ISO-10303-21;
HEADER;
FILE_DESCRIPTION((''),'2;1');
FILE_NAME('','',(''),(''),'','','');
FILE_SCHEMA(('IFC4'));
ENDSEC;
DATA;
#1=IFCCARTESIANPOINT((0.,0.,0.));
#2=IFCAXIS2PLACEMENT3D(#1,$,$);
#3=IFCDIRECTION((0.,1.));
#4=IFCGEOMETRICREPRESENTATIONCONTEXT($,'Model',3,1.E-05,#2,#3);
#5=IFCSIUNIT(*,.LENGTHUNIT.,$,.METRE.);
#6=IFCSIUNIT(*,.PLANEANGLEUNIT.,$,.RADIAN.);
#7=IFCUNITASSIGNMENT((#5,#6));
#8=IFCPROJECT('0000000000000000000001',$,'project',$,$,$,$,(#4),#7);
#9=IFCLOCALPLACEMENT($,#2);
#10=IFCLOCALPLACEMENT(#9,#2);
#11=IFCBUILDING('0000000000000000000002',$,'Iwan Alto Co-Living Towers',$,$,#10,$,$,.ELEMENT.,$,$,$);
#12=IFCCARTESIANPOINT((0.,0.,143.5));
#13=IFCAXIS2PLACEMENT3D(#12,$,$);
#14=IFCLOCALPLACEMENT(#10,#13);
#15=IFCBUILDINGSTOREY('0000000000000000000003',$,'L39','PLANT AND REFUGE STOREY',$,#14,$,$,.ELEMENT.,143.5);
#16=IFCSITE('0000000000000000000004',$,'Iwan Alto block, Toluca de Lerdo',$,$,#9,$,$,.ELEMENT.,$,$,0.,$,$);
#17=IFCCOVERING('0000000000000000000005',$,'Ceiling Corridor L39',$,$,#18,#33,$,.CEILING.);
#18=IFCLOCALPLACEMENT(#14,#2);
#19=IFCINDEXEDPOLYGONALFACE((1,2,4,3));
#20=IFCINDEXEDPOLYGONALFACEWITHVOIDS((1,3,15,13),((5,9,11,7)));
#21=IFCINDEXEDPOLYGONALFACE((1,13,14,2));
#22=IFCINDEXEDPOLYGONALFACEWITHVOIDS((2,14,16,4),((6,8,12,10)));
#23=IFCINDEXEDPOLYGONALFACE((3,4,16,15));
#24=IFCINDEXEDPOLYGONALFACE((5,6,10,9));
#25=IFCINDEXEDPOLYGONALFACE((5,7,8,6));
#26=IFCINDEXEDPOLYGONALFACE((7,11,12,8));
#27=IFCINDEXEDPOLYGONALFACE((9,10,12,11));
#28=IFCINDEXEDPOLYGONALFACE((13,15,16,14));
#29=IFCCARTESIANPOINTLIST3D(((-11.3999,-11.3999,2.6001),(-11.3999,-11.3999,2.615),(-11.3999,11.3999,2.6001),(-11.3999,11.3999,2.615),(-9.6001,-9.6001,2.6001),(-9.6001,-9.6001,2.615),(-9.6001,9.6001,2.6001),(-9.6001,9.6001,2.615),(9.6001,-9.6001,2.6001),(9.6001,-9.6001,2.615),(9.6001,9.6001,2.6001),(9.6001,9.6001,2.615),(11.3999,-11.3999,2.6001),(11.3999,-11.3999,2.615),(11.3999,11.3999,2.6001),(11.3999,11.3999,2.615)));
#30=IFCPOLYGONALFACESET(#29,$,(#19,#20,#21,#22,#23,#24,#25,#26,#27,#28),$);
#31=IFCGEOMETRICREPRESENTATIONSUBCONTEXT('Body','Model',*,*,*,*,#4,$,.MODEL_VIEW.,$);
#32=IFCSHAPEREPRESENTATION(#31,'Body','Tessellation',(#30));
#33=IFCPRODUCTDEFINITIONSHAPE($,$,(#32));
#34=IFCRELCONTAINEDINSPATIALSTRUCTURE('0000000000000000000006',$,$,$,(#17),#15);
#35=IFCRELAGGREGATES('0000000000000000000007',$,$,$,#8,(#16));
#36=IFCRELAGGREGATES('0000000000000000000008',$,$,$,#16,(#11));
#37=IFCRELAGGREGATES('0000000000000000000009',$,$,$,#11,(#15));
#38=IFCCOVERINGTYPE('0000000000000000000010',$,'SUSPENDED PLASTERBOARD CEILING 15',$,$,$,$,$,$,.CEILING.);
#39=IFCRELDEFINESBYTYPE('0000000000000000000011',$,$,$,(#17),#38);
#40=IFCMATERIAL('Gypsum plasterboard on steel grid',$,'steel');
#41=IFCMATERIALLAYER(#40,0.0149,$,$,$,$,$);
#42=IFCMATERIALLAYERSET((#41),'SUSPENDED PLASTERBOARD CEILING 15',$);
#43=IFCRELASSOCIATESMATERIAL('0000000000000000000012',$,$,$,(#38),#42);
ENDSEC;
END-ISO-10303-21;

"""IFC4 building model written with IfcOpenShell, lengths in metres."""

from ifc_helpers import new_model, si_unit, direction, frame, origin, place, context, subcontext, project, spatial, polyline, outline, extrude, material, layer, layer_set, type_object, element, save


model = new_model("IFC4")

# Units and contexts
model_context = context("Model", 3, precision=1e-05, world=origin(), true_north=direction((0.0, 1.0)))
body_context = subcontext(model_context, "Body", "Model", "MODEL_VIEW")
ifc_project = project(units=[si_unit("LENGTHUNIT", "METRE"), si_unit("PLANEANGLEUNIT", "RADIAN")], contexts=[model_context])

# Site, building, storey
site_placement = place(None, origin())
site = spatial("IfcSite", under=ifc_project, at=site_placement, Name="Iwan Alto block, Toluca de Lerdo", CompositionType="ELEMENT", RefElevation=0.0)
building_placement = place(site_placement, origin())
building = spatial("IfcBuilding", under=site, at=building_placement, Name="Iwan Alto Co-Living Towers", CompositionType="ELEMENT")
storey_placement = place(building_placement, frame((0.0, 0.0, 143.5)))
storey = spatial("IfcBuildingStorey", under=building, at=storey_placement, Name="L39", Description="PLANT AND REFUGE STOREY", CompositionType="ELEMENT", Elevation=143.5)

# Covering
ifc_material_1 = material(Name="Gypsum plasterboard on steel grid", Category="steel")
ifc_layer_1 = layer(ifc_material_1, 0.0149)
ifc_layer_set_1 = layer_set([ifc_layer_1], Name="SUSPENDED PLASTERBOARD CEILING 15")
covering_type_1 = type_object("IfcCoveringType", Name="SUSPENDED PLASTERBOARD CEILING 15", PredefinedType="CEILING", material=ifc_layer_set_1)
covering_1_placement = place(storey_placement, frame((0.0, 0.0, 2.6001)))
element("IfcCovering", 1, at=covering_1_placement, inside=storey, type_object=covering_type_1, Name="Ceiling Corridor L39", PredefinedType="CEILING", context=body_context, shape_type="SweptSolid", body=[
    extrude(outline(polyline([(-11.3999, 11.3999), (11.3999, 11.3999), (11.3999, -11.3999), (-11.3999, -11.3999), (-11.3999, 11.3999)]), holes=[polyline([(-9.6001, 9.6001), (-9.6001, -9.6001), (9.6001, -9.6001), (9.6001, 9.6001), (-9.6001, 9.6001)])]), origin(), (0.0, 0.0, 1.0), 0.0149),
])

save(model, "model.ifc")
